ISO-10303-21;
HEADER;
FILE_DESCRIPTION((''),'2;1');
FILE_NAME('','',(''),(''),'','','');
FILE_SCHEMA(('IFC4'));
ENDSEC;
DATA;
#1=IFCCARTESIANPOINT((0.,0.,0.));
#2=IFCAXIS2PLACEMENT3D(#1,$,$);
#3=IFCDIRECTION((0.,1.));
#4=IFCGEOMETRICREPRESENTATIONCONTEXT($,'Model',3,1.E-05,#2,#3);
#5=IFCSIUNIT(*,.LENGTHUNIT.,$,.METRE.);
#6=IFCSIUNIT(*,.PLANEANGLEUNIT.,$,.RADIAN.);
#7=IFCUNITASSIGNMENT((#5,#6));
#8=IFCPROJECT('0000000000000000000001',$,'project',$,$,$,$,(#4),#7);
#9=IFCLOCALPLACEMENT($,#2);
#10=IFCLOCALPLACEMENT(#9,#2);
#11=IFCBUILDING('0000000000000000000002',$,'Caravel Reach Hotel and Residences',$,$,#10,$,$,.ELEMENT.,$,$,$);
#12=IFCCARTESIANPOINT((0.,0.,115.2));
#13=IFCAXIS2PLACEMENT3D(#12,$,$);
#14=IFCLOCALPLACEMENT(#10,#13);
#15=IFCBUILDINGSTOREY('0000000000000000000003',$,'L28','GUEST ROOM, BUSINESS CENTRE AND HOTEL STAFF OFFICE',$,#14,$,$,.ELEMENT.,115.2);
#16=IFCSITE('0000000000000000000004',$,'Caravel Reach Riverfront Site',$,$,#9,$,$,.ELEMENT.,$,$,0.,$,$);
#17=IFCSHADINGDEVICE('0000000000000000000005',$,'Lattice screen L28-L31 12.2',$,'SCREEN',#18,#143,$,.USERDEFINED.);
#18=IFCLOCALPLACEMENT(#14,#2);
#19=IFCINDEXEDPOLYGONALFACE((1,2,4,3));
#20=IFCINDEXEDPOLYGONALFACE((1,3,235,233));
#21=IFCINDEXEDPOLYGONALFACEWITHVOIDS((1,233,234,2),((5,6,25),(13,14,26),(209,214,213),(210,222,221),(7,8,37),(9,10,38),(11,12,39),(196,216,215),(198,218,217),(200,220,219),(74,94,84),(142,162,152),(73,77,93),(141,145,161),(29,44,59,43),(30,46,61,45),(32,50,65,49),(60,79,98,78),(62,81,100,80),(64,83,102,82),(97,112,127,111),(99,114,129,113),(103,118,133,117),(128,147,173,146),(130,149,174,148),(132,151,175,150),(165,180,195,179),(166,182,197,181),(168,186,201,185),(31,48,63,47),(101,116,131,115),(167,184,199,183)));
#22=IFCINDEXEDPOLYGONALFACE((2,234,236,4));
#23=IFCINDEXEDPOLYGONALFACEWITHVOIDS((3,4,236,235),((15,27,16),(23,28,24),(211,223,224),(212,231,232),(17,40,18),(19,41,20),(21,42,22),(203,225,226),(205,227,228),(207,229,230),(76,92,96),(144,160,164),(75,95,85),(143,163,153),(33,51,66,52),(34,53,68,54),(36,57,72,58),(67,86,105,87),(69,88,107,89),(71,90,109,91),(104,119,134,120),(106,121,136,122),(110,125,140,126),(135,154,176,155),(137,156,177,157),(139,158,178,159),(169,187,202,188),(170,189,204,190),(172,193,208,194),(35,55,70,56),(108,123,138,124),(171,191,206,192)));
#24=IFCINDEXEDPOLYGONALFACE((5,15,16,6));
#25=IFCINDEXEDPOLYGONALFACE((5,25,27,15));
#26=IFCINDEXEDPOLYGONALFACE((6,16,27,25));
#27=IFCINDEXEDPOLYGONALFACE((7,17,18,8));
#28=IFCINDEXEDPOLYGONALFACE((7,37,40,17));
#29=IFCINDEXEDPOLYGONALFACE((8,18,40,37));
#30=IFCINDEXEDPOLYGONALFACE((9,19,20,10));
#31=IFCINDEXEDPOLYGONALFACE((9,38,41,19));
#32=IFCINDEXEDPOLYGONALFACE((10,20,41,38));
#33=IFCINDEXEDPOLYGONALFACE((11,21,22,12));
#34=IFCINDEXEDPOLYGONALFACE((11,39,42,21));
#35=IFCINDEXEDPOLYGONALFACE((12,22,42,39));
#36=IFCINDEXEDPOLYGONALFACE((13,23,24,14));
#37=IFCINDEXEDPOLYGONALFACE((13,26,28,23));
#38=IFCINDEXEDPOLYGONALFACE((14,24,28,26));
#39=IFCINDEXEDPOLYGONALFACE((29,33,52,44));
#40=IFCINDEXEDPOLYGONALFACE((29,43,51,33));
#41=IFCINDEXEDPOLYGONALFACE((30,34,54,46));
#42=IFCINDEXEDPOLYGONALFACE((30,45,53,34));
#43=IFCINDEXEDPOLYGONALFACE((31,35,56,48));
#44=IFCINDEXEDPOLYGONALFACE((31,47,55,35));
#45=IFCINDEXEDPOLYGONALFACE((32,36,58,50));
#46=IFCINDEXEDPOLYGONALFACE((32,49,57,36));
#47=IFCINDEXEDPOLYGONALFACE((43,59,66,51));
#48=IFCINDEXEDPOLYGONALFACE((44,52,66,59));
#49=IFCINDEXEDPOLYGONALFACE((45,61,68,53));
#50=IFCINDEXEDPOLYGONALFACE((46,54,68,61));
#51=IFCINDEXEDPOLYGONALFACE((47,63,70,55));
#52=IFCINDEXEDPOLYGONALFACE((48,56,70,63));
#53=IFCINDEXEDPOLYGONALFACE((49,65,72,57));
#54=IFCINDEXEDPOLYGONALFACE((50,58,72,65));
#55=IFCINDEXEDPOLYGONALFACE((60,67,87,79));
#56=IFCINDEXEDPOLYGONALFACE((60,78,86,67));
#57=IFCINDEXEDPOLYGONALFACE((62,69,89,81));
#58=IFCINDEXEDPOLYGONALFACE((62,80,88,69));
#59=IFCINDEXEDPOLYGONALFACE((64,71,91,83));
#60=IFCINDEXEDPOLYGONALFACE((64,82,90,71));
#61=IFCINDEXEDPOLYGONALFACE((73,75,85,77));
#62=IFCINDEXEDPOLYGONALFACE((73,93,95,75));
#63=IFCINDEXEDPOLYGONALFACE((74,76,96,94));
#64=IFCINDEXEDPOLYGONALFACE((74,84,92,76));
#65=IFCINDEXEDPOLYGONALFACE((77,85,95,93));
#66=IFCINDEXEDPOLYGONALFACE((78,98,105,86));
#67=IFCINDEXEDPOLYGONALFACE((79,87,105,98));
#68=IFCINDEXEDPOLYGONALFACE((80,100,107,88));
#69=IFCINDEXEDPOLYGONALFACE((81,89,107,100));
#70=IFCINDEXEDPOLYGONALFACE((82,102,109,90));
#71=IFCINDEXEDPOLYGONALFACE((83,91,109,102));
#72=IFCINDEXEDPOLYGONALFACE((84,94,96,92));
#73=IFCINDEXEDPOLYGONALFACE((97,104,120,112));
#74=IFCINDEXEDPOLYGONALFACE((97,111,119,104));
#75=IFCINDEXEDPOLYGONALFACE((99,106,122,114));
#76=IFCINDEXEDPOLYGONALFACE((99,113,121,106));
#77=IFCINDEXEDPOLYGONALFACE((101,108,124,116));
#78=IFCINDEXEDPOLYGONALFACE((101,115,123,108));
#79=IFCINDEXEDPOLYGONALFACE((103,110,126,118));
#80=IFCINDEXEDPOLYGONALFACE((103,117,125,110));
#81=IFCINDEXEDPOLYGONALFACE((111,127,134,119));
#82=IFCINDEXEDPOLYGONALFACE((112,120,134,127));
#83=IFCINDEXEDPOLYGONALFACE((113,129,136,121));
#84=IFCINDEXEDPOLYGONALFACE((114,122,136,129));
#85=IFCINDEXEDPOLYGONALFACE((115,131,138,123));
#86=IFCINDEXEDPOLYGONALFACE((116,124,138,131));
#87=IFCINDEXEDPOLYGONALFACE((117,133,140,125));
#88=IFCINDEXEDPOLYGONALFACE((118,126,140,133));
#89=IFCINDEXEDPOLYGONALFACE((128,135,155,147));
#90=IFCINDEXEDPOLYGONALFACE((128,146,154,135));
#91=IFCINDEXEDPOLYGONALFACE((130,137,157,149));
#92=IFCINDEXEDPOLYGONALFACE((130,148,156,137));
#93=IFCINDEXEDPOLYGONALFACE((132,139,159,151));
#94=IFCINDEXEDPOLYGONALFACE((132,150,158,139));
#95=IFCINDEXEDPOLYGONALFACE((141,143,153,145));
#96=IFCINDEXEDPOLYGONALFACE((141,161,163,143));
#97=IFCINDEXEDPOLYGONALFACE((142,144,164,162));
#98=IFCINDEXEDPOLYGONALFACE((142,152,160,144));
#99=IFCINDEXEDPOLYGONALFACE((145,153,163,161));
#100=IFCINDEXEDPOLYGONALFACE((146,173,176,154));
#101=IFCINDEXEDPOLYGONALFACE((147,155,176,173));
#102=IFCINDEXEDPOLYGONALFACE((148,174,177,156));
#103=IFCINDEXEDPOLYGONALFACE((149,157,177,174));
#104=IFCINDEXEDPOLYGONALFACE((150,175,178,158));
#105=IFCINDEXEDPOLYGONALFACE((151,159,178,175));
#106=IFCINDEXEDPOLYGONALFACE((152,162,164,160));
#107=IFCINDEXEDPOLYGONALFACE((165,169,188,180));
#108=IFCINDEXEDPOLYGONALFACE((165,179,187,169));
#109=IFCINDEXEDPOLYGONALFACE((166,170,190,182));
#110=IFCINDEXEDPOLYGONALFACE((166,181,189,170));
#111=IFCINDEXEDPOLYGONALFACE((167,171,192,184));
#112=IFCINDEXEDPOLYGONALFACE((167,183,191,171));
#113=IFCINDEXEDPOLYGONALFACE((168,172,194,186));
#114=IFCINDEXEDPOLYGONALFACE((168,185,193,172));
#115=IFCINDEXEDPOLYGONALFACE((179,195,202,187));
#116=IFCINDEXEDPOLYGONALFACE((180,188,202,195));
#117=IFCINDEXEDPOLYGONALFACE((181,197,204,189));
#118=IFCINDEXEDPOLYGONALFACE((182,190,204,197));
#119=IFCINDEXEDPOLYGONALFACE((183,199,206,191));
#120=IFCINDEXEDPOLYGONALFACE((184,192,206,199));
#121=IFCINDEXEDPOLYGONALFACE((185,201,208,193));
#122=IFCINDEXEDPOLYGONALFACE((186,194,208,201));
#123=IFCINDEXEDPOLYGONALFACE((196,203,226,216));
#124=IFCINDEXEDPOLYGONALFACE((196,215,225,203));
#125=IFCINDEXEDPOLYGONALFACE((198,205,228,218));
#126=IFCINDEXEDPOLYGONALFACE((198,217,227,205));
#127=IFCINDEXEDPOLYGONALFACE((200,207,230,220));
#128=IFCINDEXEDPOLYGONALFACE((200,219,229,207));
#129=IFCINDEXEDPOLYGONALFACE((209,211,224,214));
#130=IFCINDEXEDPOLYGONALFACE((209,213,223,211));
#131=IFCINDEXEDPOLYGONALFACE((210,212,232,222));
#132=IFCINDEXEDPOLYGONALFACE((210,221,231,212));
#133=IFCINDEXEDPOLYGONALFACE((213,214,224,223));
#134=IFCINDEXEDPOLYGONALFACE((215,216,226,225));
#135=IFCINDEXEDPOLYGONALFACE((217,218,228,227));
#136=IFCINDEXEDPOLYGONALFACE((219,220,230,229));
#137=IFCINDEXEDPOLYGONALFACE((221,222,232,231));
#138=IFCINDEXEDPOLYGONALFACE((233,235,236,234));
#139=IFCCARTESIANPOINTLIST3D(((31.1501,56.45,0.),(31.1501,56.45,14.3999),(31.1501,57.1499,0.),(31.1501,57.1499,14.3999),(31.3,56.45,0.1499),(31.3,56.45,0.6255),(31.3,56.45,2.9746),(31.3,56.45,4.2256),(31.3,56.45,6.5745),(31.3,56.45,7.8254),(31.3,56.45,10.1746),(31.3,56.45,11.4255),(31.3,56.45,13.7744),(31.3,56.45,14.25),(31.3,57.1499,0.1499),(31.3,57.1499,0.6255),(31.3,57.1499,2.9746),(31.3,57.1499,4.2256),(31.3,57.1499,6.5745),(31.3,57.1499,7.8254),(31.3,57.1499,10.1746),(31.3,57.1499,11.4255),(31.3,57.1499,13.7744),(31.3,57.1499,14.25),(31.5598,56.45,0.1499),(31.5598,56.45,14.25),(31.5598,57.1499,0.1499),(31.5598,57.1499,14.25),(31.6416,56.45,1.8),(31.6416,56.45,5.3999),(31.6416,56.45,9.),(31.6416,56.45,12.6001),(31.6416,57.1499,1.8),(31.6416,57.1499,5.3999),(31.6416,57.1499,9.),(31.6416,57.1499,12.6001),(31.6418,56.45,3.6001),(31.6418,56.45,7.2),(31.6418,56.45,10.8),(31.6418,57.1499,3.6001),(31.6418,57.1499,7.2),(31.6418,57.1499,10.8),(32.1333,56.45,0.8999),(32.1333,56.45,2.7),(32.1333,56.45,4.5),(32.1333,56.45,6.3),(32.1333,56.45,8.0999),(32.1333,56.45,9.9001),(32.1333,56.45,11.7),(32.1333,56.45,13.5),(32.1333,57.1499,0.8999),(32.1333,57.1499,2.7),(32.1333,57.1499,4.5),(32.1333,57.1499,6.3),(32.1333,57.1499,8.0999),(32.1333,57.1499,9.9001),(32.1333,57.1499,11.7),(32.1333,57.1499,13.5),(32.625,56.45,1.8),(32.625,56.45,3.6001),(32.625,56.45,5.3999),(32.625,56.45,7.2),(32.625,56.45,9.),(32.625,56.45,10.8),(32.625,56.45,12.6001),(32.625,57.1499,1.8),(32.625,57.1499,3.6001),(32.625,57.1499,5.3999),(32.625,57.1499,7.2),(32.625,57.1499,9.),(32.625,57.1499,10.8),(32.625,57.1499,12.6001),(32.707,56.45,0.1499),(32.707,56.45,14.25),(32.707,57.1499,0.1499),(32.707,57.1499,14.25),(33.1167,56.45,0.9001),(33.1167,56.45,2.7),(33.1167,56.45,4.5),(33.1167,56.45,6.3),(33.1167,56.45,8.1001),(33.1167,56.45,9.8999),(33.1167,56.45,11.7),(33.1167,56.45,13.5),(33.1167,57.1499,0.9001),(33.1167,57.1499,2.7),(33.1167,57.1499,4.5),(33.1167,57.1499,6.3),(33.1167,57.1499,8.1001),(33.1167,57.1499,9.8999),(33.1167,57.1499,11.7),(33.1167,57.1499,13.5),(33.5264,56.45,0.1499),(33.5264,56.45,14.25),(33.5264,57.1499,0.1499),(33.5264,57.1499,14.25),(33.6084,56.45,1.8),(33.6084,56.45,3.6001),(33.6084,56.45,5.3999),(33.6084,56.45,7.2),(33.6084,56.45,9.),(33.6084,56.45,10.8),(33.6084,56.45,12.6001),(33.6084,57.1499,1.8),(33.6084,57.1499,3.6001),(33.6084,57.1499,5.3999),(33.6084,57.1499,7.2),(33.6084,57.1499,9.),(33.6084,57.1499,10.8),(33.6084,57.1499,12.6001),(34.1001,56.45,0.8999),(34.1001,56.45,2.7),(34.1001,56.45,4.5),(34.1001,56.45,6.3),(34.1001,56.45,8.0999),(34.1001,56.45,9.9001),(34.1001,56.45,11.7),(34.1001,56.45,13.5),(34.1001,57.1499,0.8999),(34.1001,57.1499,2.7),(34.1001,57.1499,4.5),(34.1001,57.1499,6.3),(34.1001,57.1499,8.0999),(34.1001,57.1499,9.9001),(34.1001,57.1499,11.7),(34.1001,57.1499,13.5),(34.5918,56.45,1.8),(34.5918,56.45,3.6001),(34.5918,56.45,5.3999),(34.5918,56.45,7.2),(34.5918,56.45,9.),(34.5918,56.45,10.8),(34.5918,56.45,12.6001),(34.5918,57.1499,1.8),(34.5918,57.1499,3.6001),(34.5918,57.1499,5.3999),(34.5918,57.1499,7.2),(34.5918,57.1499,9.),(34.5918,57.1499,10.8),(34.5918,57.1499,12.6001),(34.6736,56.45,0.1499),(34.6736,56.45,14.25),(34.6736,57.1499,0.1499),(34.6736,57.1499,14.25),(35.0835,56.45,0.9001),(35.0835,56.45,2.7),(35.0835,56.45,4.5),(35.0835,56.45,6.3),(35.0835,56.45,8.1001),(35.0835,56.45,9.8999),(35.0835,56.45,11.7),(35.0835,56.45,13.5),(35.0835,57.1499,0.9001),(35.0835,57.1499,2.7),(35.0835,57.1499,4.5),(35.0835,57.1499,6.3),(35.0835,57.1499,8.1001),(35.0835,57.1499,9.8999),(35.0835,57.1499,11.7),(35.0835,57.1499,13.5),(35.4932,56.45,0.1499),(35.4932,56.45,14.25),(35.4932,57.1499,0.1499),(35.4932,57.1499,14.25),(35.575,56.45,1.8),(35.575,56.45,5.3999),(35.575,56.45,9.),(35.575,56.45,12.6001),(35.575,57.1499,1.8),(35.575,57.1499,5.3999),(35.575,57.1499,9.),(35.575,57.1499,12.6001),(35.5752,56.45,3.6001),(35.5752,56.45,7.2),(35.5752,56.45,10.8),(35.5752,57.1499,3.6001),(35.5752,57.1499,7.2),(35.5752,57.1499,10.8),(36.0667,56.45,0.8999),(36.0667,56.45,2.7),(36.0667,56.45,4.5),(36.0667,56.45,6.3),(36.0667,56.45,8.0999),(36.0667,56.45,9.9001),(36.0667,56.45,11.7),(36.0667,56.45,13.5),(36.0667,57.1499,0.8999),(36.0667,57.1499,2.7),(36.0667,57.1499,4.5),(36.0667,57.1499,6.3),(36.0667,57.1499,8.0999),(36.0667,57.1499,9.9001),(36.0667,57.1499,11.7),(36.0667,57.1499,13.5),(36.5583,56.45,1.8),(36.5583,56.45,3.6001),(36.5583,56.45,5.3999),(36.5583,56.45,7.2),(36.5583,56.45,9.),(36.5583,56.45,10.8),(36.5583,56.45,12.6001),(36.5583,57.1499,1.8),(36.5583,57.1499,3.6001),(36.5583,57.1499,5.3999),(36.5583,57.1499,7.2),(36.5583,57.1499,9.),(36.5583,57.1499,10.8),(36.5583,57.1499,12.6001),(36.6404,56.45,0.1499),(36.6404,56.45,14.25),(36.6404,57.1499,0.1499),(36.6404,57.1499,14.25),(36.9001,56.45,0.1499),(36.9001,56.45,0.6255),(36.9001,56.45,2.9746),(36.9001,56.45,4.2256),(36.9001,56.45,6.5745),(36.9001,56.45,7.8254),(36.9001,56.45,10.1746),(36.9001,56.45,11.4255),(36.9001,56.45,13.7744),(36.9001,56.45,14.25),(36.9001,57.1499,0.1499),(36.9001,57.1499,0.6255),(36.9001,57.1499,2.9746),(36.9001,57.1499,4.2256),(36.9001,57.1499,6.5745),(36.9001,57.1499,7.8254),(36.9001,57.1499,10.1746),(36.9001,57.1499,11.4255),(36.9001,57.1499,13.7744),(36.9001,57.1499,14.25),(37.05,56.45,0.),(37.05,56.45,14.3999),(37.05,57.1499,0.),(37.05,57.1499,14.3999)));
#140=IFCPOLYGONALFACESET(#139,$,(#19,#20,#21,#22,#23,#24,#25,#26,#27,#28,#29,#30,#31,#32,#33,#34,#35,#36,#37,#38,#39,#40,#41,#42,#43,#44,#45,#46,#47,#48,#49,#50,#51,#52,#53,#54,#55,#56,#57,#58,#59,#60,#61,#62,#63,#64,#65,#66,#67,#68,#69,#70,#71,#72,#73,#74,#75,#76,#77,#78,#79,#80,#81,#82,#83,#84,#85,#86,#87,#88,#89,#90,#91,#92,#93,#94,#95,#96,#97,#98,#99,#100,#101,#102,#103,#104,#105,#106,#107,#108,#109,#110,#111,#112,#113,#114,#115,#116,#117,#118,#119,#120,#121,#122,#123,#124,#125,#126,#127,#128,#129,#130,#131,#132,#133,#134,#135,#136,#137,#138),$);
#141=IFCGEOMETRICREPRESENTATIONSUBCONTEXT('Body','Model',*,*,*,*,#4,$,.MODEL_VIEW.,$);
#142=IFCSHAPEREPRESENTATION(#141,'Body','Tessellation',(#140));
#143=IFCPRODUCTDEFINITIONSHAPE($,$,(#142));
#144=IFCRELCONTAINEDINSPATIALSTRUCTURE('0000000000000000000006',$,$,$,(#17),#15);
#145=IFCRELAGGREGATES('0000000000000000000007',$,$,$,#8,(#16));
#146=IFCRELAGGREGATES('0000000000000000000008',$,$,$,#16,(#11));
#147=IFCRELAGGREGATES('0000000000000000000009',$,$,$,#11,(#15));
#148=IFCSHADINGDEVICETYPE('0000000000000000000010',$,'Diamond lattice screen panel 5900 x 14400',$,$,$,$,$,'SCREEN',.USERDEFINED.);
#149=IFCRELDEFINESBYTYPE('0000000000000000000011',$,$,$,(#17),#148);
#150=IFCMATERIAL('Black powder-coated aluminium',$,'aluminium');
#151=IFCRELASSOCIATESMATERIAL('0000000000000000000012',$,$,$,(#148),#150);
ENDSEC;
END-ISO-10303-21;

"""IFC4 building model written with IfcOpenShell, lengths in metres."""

from ifc_helpers import new_model, si_unit, direction, frame, origin, place, context, subcontext, project, spatial, polyline, outline, extrude, material, type_object, element, save


model = new_model("IFC4")

# Units and contexts
model_context = context("Model", 3, precision=1e-05, world=origin(), true_north=direction((0.0, 1.0)))
body_context = subcontext(model_context, "Body", "Model", "MODEL_VIEW")
ifc_project = project(units=[si_unit("LENGTHUNIT", "METRE"), si_unit("PLANEANGLEUNIT", "RADIAN")], contexts=[model_context])

# Site, building, storey
site_placement = place(None, origin())
site = spatial("IfcSite", under=ifc_project, at=site_placement, Name="Caravel Reach Riverfront Site", CompositionType="ELEMENT", RefElevation=0.0)
building_placement = place(site_placement, origin())
building = spatial("IfcBuilding", under=site, at=building_placement, Name="Caravel Reach Hotel and Residences", CompositionType="ELEMENT")
storey_placement = place(building_placement, frame((0.0, 0.0, 115.2)))
storey = spatial("IfcBuildingStorey", under=building, at=storey_placement, Name="L28", Description="GUEST ROOM, BUSINESS CENTRE AND HOTEL STAFF OFFICE", CompositionType="ELEMENT", Elevation=115.2)

# Shading device
ifc_material_1 = material(Name="Black powder-coated aluminium", Category="aluminium")
shading_device_type = type_object("IfcShadingDeviceType", Name="Diamond lattice screen panel 5900 x 14400", ElementType="SCREEN", PredefinedType="USERDEFINED", material=ifc_material_1)
shading_device_1_placement = place(storey_placement, frame((37.05, 56.45, 0.0), z_axis=(0.0, 1.0, 0.0), x_axis=(-1.0, 0.0, 0.0)))
element("IfcShadingDevice", 1, at=shading_device_1_placement, inside=storey, type_object=shading_device_type, Name="Lattice screen L28-L31 12.2", ObjectType="SCREEN", PredefinedType="USERDEFINED", context=body_context, shape_type="SweptSolid", body=[
    extrude(outline(polyline([(0.0, 0.0), (5.8999, 0.0), (5.8999, 14.3999), (0.0, 14.3999), (0.0, 0.0)]), holes=[polyline([(0.4097, 0.1499), (0.1499, 0.6255), (0.1499, 0.1499), (0.4097, 0.1499)]), polyline([(0.4917, 3.6001), (0.1499, 4.2256), (0.1499, 2.9746), (0.4917, 3.6001)]), polyline([(0.4917, 7.2), (0.1499, 7.8254), (0.1499, 6.5745), (0.4917, 7.2)]), polyline([(0.4917, 10.8), (0.1499, 11.4255), (0.1499, 10.1746), (0.4917, 10.8)]), polyline([(0.1499, 13.7744), (0.4097, 14.25), (0.1499, 14.25), (0.1499, 13.7744)]), polyline([(0.9834, 2.7), (0.4917, 1.8), (0.9834, 0.8999), (1.4751, 1.8), (0.9834, 2.7)]), polyline([(0.9834, 6.3), (0.4917, 5.3999), (0.9834, 4.5), (1.4751, 5.3999), (0.9834, 6.3)]), polyline([(0.9834, 9.9001), (0.4917, 9.0), (0.9834, 8.0999), (1.4751, 9.0), (0.9834, 9.9001)]), polyline([(0.9834, 13.5), (0.4917, 12.6001), (0.9834, 11.7), (1.4751, 12.6001), (0.9834, 13.5)]), polyline([(1.9666, 0.9001), (1.5569, 0.1499), (2.3765, 0.1499), (1.9666, 0.9001)]), polyline([(1.9666, 4.5), (1.4749, 3.6001), (1.9666, 2.7), (2.4583, 3.6001), (1.9666, 4.5)]), polyline([(1.9666, 8.1001), (1.4749, 7.2), (1.9666, 6.3), (2.4583, 7.2), (1.9666, 8.1001)]), polyline([(1.9666, 11.7), (1.4749, 10.8), (1.9666, 9.8999), (2.4583, 10.8), (1.9666, 11.7)]), polyline([(1.9666, 13.5), (2.3765, 14.25), (1.5569, 14.25), (1.9666, 13.5)]), polyline([(2.95, 2.7), (2.4583, 1.8), (2.95, 0.8999), (3.4417, 1.8), (2.95, 2.7)]), polyline([(2.95, 6.3), (2.4583, 5.3999), (2.95, 4.5), (3.4417, 5.3999), (2.95, 6.3)]), polyline([(2.95, 9.9001), (2.4583, 9.0), (2.95, 8.0999), (3.4417, 9.0), (2.95, 9.9001)]), polyline([(2.95, 13.5), (2.4583, 12.6001), (2.95, 11.7), (3.4417, 12.6001), (2.95, 13.5)]), polyline([(3.9333, 0.9001), (3.5237, 0.1499), (4.343, 0.1499), (3.9333, 0.9001)]), polyline([(3.9333, 4.5), (3.4417, 3.6001), (3.9333, 2.7), (4.425, 3.6001), (3.9333, 4.5)]), polyline([(3.9333, 8.1001), (3.4417, 7.2), (3.9333, 6.3), (4.425, 7.2), (3.9333, 8.1001)]), polyline([(3.9333, 11.7), (3.4417, 10.8), (3.9333, 9.8999), (4.425, 10.8), (3.9333, 11.7)]), polyline([(3.9333, 13.5), (4.343, 14.25), (3.5237, 14.25), (3.9333, 13.5)]), polyline([(4.9167, 2.7), (4.425, 1.8), (4.9167, 0.8999), (5.4084, 1.8), (4.9167, 2.7)]), polyline([(4.9167, 6.3), (4.425, 5.3999), (4.9167, 4.5), (5.4084, 5.3999), (4.9167, 6.3)]), polyline([(4.9167, 9.9001), (4.425, 9.0), (4.9167, 8.0999), (5.4084, 9.0), (4.9167, 9.9001)]), polyline([(4.9167, 13.5), (4.425, 12.6001), (4.9167, 11.7), (5.4084, 12.6001), (4.9167, 13.5)]), polyline([(5.75, 0.6255), (5.4902, 0.1499), (5.75, 0.1499), (5.75, 0.6255)]), polyline([(5.4082, 3.6001), (5.75, 2.9746), (5.75, 4.2256), (5.4082, 3.6001)]), polyline([(5.4082, 7.2), (5.75, 6.5745), (5.75, 7.8254), (5.4082, 7.2)]), polyline([(5.4082, 10.8), (5.75, 10.1746), (5.75, 11.4255), (5.4082, 10.8)]), polyline([(5.4902, 14.25), (5.75, 13.7744), (5.75, 14.25), (5.4902, 14.25)])]), origin(), (0.0, 0.0, 1.0), 0.7),
])

save(model, "model.ifc")
